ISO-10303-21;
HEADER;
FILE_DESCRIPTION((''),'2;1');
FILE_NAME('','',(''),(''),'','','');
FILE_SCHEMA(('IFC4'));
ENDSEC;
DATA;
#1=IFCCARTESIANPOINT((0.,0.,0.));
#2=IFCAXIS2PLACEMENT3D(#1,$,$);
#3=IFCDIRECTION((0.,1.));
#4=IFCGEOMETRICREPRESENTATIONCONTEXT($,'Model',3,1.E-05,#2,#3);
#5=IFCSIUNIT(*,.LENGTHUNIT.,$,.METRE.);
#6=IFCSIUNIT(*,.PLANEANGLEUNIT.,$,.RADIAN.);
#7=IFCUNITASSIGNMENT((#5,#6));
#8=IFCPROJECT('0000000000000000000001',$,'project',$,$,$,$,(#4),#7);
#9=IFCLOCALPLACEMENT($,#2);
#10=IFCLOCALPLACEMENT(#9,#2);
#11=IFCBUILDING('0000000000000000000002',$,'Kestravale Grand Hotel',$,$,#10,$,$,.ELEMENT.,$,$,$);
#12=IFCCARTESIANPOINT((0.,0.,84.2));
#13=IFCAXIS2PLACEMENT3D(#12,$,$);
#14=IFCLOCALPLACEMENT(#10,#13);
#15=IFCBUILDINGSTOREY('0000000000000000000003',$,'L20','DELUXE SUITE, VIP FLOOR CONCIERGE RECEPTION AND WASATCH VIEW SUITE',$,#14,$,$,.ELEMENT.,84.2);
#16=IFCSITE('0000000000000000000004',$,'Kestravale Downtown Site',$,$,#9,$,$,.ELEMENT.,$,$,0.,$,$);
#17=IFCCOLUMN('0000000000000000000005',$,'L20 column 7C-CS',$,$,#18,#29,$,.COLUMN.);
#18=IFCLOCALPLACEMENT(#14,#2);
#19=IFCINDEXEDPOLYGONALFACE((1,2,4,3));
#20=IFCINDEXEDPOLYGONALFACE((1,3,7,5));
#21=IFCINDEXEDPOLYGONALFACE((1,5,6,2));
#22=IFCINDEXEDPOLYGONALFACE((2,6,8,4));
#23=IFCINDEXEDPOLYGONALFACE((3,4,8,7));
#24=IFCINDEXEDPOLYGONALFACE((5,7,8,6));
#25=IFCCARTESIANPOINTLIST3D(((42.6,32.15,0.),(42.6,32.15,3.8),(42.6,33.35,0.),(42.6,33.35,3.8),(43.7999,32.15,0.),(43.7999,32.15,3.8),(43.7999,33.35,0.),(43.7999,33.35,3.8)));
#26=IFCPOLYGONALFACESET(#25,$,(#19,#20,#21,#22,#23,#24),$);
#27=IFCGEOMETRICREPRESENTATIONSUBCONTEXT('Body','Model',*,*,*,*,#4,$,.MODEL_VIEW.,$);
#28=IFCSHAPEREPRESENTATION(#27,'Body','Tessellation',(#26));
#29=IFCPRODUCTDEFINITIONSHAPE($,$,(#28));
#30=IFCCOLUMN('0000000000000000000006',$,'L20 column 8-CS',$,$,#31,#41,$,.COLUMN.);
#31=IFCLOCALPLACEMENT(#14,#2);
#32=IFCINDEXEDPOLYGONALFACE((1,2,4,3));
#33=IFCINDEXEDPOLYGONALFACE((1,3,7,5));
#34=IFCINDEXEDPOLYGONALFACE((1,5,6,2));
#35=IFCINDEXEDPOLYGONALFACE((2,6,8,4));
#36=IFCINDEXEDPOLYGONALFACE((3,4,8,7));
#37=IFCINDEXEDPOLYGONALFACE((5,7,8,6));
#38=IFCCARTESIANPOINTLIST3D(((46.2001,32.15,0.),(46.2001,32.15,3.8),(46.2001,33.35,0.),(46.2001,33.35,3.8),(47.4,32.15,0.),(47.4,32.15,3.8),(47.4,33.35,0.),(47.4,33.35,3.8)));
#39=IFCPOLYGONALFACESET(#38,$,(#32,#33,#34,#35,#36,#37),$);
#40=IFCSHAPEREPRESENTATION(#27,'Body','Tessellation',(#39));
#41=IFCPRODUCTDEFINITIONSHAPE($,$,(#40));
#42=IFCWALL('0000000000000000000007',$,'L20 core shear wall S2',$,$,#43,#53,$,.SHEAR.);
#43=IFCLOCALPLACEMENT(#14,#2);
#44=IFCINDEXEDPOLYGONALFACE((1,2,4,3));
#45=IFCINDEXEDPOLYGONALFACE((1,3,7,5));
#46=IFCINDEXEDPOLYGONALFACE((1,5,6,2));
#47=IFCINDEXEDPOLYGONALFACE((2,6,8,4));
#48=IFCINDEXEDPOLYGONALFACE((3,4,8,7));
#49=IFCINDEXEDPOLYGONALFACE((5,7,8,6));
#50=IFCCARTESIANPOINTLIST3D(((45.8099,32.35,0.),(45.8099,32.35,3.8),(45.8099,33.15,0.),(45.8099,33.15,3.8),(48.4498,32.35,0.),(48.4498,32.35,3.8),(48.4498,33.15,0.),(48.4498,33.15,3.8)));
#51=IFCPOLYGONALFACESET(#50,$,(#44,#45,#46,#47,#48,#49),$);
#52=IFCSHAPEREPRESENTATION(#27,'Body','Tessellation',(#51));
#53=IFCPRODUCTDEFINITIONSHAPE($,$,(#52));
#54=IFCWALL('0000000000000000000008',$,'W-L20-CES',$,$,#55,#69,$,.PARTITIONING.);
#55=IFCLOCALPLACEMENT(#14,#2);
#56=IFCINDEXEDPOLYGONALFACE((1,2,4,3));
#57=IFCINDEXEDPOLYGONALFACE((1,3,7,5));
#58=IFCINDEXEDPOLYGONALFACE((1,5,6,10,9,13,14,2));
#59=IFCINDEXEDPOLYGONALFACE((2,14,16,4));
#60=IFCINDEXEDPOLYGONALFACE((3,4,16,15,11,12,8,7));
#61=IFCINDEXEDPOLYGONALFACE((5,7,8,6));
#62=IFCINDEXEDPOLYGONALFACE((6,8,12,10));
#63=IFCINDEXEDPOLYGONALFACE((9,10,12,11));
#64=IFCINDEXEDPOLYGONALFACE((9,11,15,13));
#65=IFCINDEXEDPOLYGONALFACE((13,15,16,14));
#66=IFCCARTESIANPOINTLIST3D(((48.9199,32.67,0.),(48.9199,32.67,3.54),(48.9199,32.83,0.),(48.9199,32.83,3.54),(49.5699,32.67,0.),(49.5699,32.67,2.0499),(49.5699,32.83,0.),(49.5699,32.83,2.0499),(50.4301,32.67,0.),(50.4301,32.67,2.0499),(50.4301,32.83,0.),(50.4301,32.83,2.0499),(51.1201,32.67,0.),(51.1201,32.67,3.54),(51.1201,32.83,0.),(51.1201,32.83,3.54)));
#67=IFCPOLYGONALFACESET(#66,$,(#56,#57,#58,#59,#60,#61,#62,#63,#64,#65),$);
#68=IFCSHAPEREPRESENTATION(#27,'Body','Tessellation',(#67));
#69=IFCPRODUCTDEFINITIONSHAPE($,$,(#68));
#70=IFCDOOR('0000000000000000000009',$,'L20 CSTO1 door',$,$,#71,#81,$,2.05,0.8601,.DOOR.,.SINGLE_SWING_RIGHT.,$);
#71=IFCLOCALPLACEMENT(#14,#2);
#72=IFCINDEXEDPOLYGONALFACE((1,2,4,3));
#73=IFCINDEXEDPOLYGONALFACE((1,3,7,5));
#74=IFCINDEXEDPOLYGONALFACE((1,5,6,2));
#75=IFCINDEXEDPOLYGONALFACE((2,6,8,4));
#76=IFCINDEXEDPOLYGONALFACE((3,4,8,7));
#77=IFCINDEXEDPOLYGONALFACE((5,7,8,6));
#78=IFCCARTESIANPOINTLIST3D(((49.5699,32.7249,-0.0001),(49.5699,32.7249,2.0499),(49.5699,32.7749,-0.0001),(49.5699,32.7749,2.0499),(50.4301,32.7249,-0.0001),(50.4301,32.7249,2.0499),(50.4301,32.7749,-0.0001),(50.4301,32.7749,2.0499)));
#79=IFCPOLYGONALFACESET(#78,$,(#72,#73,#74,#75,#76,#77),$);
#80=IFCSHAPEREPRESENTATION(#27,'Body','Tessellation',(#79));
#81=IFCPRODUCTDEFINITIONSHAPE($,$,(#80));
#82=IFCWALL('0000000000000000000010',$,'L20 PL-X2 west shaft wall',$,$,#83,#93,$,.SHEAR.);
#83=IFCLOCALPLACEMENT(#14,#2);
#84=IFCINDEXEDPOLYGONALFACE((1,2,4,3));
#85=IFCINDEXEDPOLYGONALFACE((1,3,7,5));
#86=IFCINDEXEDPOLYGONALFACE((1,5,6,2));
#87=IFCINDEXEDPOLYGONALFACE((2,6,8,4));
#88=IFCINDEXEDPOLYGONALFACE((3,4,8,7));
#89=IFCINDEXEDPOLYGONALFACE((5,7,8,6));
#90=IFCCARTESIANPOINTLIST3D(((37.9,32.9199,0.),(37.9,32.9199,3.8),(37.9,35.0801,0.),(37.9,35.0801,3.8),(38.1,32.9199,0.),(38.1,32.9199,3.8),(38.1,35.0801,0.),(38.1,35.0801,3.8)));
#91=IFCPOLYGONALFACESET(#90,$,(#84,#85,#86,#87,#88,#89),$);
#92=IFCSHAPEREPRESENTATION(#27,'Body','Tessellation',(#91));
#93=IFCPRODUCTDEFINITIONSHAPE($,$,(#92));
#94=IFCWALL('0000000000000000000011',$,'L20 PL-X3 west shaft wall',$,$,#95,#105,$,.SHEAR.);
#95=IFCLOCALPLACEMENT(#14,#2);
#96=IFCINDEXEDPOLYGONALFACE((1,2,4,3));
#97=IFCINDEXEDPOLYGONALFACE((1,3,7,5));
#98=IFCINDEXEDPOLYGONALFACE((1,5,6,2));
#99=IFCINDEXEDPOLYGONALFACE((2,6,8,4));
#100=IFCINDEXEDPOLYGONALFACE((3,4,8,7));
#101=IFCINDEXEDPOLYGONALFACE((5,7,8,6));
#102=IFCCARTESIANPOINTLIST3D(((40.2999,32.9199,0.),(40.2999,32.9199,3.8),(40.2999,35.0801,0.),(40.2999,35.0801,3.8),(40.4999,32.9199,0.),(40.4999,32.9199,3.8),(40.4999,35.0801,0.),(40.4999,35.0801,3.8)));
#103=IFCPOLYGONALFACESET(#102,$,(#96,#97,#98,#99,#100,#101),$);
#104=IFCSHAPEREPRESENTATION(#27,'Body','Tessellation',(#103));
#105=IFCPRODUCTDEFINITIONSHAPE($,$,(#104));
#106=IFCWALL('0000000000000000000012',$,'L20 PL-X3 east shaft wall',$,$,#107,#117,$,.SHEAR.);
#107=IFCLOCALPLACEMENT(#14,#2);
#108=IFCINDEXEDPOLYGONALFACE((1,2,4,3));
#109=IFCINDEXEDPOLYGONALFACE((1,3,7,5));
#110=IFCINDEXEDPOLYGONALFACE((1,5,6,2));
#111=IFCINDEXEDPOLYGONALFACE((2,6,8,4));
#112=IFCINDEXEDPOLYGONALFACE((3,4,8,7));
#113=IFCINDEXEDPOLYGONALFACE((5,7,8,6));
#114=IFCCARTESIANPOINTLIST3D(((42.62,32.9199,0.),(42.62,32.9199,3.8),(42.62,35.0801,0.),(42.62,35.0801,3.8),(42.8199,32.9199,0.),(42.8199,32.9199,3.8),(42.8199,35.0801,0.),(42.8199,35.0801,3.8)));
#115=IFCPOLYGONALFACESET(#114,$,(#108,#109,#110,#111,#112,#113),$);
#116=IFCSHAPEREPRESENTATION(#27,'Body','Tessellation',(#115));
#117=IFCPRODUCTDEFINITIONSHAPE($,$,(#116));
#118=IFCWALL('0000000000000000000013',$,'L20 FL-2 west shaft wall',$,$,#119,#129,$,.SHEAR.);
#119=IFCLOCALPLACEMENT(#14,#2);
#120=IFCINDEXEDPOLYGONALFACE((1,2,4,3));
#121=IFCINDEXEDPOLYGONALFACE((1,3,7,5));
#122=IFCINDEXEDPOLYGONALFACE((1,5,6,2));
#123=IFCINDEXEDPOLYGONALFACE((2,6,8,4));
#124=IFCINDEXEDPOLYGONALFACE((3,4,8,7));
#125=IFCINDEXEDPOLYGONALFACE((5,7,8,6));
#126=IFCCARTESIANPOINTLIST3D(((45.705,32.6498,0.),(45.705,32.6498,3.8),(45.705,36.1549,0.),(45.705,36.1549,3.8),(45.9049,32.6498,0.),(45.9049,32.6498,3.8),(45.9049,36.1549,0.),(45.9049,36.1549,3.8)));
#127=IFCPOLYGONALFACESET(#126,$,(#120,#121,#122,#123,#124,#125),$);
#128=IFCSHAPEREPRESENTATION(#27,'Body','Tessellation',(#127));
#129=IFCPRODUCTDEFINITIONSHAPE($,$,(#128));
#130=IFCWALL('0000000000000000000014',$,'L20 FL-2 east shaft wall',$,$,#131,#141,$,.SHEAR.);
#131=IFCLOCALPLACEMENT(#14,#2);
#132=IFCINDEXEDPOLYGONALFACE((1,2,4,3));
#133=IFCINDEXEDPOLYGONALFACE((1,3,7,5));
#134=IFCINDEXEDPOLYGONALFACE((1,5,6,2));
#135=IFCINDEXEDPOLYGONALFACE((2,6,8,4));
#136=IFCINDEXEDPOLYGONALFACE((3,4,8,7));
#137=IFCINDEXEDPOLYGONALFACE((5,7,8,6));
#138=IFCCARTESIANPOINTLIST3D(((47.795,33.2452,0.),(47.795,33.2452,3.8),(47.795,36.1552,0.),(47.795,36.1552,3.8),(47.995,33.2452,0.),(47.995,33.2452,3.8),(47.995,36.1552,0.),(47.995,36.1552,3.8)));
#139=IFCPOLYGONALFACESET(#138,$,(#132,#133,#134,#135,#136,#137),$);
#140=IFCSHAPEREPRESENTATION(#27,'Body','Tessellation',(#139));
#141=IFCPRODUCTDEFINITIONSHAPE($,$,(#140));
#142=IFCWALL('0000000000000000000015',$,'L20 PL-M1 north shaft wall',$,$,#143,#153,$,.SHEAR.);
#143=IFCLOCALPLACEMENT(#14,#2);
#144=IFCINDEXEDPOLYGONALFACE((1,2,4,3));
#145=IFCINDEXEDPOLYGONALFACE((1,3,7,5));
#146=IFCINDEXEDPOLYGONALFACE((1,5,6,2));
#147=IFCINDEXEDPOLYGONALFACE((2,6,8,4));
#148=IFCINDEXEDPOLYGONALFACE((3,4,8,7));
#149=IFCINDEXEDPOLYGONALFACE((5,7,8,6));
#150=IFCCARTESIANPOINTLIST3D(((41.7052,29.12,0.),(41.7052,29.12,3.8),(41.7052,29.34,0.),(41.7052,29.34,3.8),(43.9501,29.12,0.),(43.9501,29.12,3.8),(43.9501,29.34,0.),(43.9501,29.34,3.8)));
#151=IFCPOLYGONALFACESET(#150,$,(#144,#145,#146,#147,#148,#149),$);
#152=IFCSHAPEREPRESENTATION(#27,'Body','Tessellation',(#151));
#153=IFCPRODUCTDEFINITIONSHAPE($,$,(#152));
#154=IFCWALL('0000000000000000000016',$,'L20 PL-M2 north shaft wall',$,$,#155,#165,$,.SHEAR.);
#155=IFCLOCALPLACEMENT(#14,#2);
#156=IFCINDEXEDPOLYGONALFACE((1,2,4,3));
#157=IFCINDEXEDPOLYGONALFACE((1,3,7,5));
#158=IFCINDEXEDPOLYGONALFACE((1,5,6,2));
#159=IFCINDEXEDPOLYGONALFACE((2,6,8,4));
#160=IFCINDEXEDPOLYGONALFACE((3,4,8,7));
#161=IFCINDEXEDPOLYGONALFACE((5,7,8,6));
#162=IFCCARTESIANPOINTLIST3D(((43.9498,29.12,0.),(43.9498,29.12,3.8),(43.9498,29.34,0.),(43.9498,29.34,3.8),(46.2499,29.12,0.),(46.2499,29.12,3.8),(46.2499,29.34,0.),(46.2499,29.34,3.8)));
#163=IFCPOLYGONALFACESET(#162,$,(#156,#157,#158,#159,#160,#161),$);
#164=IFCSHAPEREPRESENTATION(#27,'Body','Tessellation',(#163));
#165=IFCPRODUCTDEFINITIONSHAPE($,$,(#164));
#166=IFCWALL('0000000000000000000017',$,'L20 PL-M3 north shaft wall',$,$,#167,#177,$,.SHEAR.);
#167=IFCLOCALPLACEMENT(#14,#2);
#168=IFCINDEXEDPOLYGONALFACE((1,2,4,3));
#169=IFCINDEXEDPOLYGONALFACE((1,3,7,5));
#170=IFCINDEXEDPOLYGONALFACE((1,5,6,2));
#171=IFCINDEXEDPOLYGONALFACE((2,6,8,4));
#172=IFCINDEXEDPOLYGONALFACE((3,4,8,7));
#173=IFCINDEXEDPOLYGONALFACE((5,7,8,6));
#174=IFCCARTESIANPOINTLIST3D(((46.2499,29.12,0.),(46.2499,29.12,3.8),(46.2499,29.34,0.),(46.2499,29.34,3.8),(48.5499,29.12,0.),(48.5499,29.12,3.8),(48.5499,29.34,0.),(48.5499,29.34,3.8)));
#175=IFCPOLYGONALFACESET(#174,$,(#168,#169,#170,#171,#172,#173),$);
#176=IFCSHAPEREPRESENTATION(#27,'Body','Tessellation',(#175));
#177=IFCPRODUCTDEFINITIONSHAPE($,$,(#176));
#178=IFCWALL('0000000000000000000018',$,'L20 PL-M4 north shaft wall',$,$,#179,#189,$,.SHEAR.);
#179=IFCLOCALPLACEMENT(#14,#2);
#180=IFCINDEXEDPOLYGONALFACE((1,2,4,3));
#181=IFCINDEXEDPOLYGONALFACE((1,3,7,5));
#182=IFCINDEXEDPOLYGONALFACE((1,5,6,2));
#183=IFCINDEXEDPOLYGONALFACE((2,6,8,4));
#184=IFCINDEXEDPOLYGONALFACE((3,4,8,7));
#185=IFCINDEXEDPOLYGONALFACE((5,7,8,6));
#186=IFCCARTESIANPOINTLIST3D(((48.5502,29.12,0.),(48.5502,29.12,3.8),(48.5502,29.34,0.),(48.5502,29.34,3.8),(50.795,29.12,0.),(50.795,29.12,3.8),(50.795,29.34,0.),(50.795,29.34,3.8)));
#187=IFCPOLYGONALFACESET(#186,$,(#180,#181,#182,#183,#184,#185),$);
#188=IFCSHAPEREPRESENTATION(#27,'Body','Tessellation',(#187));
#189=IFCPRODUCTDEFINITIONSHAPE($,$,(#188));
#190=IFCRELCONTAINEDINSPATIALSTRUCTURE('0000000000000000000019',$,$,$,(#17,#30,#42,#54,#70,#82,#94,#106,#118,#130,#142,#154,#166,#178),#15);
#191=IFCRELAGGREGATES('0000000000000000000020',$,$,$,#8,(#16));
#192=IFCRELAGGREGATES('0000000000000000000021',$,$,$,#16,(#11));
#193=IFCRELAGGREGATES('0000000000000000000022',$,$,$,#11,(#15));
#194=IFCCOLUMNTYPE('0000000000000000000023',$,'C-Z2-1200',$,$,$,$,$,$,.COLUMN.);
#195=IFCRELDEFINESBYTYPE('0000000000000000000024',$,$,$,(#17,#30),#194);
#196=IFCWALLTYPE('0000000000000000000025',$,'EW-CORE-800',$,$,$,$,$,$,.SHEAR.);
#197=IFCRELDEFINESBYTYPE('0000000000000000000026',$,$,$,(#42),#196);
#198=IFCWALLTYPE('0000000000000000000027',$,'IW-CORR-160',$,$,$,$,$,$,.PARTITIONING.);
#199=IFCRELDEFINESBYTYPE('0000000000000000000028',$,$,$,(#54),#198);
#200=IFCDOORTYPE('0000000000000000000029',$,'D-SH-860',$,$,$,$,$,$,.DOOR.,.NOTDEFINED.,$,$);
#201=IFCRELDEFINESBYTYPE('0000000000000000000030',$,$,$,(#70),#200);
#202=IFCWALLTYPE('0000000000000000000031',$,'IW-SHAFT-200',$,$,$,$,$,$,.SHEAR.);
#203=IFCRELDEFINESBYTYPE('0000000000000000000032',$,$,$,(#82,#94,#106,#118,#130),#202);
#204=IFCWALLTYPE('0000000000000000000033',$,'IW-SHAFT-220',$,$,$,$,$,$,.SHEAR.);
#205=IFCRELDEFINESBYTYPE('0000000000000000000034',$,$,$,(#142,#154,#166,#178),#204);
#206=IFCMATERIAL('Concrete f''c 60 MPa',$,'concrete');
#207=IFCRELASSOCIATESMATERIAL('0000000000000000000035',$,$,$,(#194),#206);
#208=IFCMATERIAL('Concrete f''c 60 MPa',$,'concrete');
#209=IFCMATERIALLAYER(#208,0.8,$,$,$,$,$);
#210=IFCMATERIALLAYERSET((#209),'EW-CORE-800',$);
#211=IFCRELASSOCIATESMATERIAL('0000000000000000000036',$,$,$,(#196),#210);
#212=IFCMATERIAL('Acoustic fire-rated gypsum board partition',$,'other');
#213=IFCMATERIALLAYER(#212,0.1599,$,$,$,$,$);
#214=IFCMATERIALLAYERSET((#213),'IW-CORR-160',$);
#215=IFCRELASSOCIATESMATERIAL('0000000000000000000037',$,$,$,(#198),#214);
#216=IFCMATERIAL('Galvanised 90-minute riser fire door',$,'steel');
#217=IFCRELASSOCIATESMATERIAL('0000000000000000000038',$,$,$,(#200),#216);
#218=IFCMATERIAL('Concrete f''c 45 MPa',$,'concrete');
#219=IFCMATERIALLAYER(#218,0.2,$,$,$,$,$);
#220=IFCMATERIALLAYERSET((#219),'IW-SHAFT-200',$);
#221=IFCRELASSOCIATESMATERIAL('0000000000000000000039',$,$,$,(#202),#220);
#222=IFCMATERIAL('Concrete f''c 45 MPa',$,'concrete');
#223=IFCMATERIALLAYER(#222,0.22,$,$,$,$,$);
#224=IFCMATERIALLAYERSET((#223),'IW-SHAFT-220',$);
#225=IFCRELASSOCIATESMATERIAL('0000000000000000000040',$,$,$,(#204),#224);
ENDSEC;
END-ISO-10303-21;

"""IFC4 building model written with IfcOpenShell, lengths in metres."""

from ifc_helpers import new_model, si_unit, direction, frame, frame_2d, origin, origin_2d, place, context, subcontext, project, spatial, rectangle, extrude, material, layer, layer_set, material_profile, profile_set, type_object, element, fill, save


model = new_model("IFC4")

# Units and contexts
model_context = context("Model", 3, precision=1e-05, world=origin(), true_north=direction((0.0, 1.0)))
body_context = subcontext(model_context, "Body", "Model", "MODEL_VIEW")
ifc_project = project(units=[si_unit("LENGTHUNIT", "METRE"), si_unit("PLANEANGLEUNIT", "RADIAN")], contexts=[model_context])

# Site, building, storey
site_placement = place(None, origin())
site = spatial("IfcSite", under=ifc_project, at=site_placement, Name="Kestravale Downtown Site", CompositionType="ELEMENT", RefElevation=0.0)
building_placement = place(site_placement, origin())
building = spatial("IfcBuilding", under=site, at=building_placement, Name="Kestravale Grand Hotel", CompositionType="ELEMENT")
storey_placement = place(building_placement, frame((0.0, 0.0, 84.2)))
storey = spatial("IfcBuildingStorey", under=building, at=storey_placement, Name="L20", Description="DELUXE SUITE, VIP FLOOR CONCIERGE RECEPTION AND WASATCH VIEW SUITE", CompositionType="ELEMENT", Elevation=84.2)

# Columns
ifc_material_1 = material(Name="Concrete f'c 60 MPa", Category="concrete")
ifc_material_profile = material_profile(ifc_material_1, rectangle(XDim=1.2, YDim=1.2, at=origin_2d()))
ifc_profile_set = profile_set([ifc_material_profile], Name="Concrete f'c 60 MPa")
column_type = type_object("IfcColumnType", Name="C-Z2-1200", PredefinedType="COLUMN", material=ifc_profile_set)
for number, where, z_axis, x_axis, name in (
    (1, (43.2, 32.75, 0.0), (0.0, 0.0, 1.0), (1.0, 0.0, 0.0), "L20 column 7C-CS"),
    (2, (46.8, 32.75, 0.0), (0.0, 0.0, 1.0), (1.0, 0.0, 0.0), "L20 column 8-CS"),
):
    element("IfcColumn", number, at=place(storey_placement, frame(where, z_axis=z_axis, x_axis=x_axis)), inside=storey, type_object=column_type, Name=name, PredefinedType="COLUMN", context=body_context, shape_type="SweptSolid", body=[
        extrude(rectangle(XDim=1.2, YDim=1.2, at=origin_2d()), origin(), (0.0, 0.0, 1.0), 3.8),
    ])

# Wall
ifc_material_2 = material(Name="Concrete f'c 60 MPa", Category="concrete")
ifc_layer_1 = layer(ifc_material_2, 0.8)
ifc_layer_set_1 = layer_set([ifc_layer_1], Name="EW-CORE-800")
wall_type_1 = type_object("IfcWallType", Name="EW-CORE-800", PredefinedType="SHEAR", material=ifc_layer_set_1)
wall_1_placement = place(storey_placement, frame((45.8101, 32.75, 0.0), z_axis=(0.0, 0.0, 1.0), x_axis=(1.0, 0.0, 0.0)))
element("IfcWall", 3, at=wall_1_placement, inside=storey, type_object=wall_type_1, Name="L20 core shear wall S2", PredefinedType="SHEAR", context=body_context, shape_type="SweptSolid", body=[
    extrude(rectangle(XDim=2.6399, YDim=0.8, at=frame_2d((1.3198, 0.0))), origin(), (0.0, 0.0, 1.0), 3.8),
])

# Wall, opening, door
ifc_material_3 = material(Name="Acoustic fire-rated gypsum board partition", Category="other")
ifc_layer_2 = layer(ifc_material_3, 0.1599)
ifc_layer_set_2 = layer_set([ifc_layer_2], Name="IW-CORR-160")
wall_type_2 = type_object("IfcWallType", Name="IW-CORR-160", PredefinedType="PARTITIONING", material=ifc_layer_set_2)
wall_2_placement = place(storey_placement, frame((48.9199, 32.75, 0.0), z_axis=(0.0, 0.0, 1.0), x_axis=(1.0, 0.0, 0.0)))
wall_2 = element("IfcWall", 4, at=wall_2_placement, inside=storey, type_object=wall_type_2, Name="W-L20-CES", PredefinedType="PARTITIONING", context=body_context, shape_type="SweptSolid", body=[
    extrude(rectangle(XDim=2.2002, YDim=0.1599, at=frame_2d((1.1001, 0.0))), origin(), (0.0, 0.0, 1.0), 3.54),
])
opening_1_placement = place(wall_2_placement, frame((0.6499, 0.0, 0.0)))
opening_1 = element("IfcOpeningElement", 5, at=opening_1_placement, cuts=wall_2, PredefinedType="OPENING", context=body_context, shape_type="SweptSolid", body=[
    extrude(rectangle(XDim=0.8601, YDim=2.05, at=frame_2d((0.4302, 1.0249))), frame((0.0, 0.0898, 0.0), z_axis=(0.0, -1.0, 0.0), x_axis=(1.0, 0.0, 0.0)), (0.0, 0.0, 1.0), 0.1799),
])
ifc_material_4 = material(Name="Galvanised 90-minute riser fire door", Category="steel")
door_type_1 = type_object("IfcDoorType", Name="D-SH-860", OperationType="NOTDEFINED", PredefinedType="DOOR", material=ifc_material_4)
door_1_placement = place(opening_1_placement, origin())
door_1 = element("IfcDoor", 6, at=door_1_placement, inside=storey, type_object=door_type_1, Name="L20 CSTO1 door", OperationType="SINGLE_SWING_RIGHT", OverallHeight=2.05, OverallWidth=0.8601, PredefinedType="DOOR", context=body_context, shape_type="SweptSolid", body=[
    extrude(rectangle(XDim=0.8601, YDim=2.05, at=frame_2d((0.4302, 1.0249))), frame((0.0, 0.0249, 0.0), z_axis=(0.0, -1.0, 0.0), x_axis=(1.0, 0.0, 0.0)), (0.0, 0.0, 1.0), 0.05),
])
fill(opening_1, door_1)

# Walls
ifc_material_5 = material(Name="Concrete f'c 45 MPa", Category="concrete")
ifc_layer_3 = layer(ifc_material_5, 0.2)
ifc_layer_set_3 = layer_set([ifc_layer_3], Name="IW-SHAFT-200")
wall_type_3 = type_object("IfcWallType", Name="IW-SHAFT-200", PredefinedType="SHEAR", material=ifc_layer_set_3)
for number, where, z_axis, x_axis, name in (
    (7, (38.0, 32.9199, 0.0), (0.0, 0.0, 1.0), (0.0, 1.0, 0.0), "L20 PL-X2 west shaft wall"),
    (8, (40.3999, 32.9199, 0.0), (0.0, 0.0, 1.0), (0.0, 1.0, 0.0), "L20 PL-X3 west shaft wall"),
    (9, (42.72, 32.9199, 0.0), (0.0, 0.0, 1.0), (0.0, 1.0, 0.0), "L20 PL-X3 east shaft wall"),
):
    element("IfcWall", number, at=place(storey_placement, frame(where, z_axis=z_axis, x_axis=x_axis)), inside=storey, type_object=wall_type_3, Name=name, PredefinedType="SHEAR", context=body_context, shape_type="SweptSolid", body=[
        extrude(rectangle(XDim=2.1602, YDim=0.2, at=frame_2d((1.0801, 0.0))), origin(), (0.0, 0.0, 1.0), 3.8),
    ])
wall_3_placement = place(storey_placement, frame((45.8049, 32.6499, 0.0), z_axis=(0.0, 0.0, 1.0), x_axis=(0.0, 1.0, 0.0)))
element("IfcWall", 10, at=wall_3_placement, inside=storey, type_object=wall_type_3, Name="L20 FL-2 west shaft wall", PredefinedType="SHEAR", context=body_context, shape_type="SweptSolid", body=[
    extrude(rectangle(XDim=3.5051, YDim=0.2, at=frame_2d((1.7524, 0.0))), origin(), (0.0, 0.0, 1.0), 3.8),
])
wall_4_placement = place(storey_placement, frame((47.895, 33.2451, 0.0), z_axis=(0.0, 0.0, 1.0), x_axis=(0.0, 1.0, 0.0)))
element("IfcWall", 11, at=wall_4_placement, inside=storey, type_object=wall_type_3, Name="L20 FL-2 east shaft wall", PredefinedType="SHEAR", context=body_context, shape_type="SweptSolid", body=[
    extrude(rectangle(XDim=2.9099, YDim=0.2, at=frame_2d((1.4551, 0.0))), origin(), (0.0, 0.0, 1.0), 3.8),
])
ifc_material_6 = material(Name="Concrete f'c 45 MPa", Category="concrete")
ifc_layer_4 = layer(ifc_material_6, 0.22)
ifc_layer_set_4 = layer_set([ifc_layer_4], Name="IW-SHAFT-220")
wall_type_4 = type_object("IfcWallType", Name="IW-SHAFT-220", PredefinedType="SHEAR", material=ifc_layer_set_4)
wall_5_placement = place(storey_placement, frame((41.7051, 29.23, 0.0), z_axis=(0.0, 0.0, 1.0), x_axis=(1.0, 0.0, 0.0)))
element("IfcWall", 12, at=wall_5_placement, inside=storey, type_object=wall_type_4, Name="L20 PL-M1 north shaft wall", PredefinedType="SHEAR", context=body_context, shape_type="SweptSolid", body=[
    extrude(rectangle(XDim=2.2449, YDim=0.22, at=frame_2d((1.1226, 0.0))), origin(), (0.0, 0.0, 1.0), 3.8),
])
for number, where, z_axis, x_axis, name in (
    (13, (43.95, 29.23, 0.0), (0.0, 0.0, 1.0), (1.0, 0.0, 0.0), "L20 PL-M2 north shaft wall"),
    (14, (46.25, 29.23, 0.0), (0.0, 0.0, 1.0), (1.0, 0.0, 0.0), "L20 PL-M3 north shaft wall"),
):
    element("IfcWall", number, at=place(storey_placement, frame(where, z_axis=z_axis, x_axis=x_axis)), inside=storey, type_object=wall_type_4, Name=name, PredefinedType="SHEAR", context=body_context, shape_type="SweptSolid", body=[
        extrude(rectangle(XDim=2.3, YDim=0.22, at=frame_2d((1.1499, 0.0))), origin(), (0.0, 0.0, 1.0), 3.8),
    ])
wall_6_placement = place(storey_placement, frame((48.55, 29.23, 0.0), z_axis=(0.0, 0.0, 1.0), x_axis=(1.0, 0.0, 0.0)))
element("IfcWall", 15, at=wall_6_placement, inside=storey, type_object=wall_type_4, Name="L20 PL-M4 north shaft wall", PredefinedType="SHEAR", context=body_context, shape_type="SweptSolid", body=[
    extrude(rectangle(XDim=2.2449, YDim=0.22, at=frame_2d((1.1226, 0.0))), origin(), (0.0, 0.0, 1.0), 3.8),
])

save(model, "model.ifc")
